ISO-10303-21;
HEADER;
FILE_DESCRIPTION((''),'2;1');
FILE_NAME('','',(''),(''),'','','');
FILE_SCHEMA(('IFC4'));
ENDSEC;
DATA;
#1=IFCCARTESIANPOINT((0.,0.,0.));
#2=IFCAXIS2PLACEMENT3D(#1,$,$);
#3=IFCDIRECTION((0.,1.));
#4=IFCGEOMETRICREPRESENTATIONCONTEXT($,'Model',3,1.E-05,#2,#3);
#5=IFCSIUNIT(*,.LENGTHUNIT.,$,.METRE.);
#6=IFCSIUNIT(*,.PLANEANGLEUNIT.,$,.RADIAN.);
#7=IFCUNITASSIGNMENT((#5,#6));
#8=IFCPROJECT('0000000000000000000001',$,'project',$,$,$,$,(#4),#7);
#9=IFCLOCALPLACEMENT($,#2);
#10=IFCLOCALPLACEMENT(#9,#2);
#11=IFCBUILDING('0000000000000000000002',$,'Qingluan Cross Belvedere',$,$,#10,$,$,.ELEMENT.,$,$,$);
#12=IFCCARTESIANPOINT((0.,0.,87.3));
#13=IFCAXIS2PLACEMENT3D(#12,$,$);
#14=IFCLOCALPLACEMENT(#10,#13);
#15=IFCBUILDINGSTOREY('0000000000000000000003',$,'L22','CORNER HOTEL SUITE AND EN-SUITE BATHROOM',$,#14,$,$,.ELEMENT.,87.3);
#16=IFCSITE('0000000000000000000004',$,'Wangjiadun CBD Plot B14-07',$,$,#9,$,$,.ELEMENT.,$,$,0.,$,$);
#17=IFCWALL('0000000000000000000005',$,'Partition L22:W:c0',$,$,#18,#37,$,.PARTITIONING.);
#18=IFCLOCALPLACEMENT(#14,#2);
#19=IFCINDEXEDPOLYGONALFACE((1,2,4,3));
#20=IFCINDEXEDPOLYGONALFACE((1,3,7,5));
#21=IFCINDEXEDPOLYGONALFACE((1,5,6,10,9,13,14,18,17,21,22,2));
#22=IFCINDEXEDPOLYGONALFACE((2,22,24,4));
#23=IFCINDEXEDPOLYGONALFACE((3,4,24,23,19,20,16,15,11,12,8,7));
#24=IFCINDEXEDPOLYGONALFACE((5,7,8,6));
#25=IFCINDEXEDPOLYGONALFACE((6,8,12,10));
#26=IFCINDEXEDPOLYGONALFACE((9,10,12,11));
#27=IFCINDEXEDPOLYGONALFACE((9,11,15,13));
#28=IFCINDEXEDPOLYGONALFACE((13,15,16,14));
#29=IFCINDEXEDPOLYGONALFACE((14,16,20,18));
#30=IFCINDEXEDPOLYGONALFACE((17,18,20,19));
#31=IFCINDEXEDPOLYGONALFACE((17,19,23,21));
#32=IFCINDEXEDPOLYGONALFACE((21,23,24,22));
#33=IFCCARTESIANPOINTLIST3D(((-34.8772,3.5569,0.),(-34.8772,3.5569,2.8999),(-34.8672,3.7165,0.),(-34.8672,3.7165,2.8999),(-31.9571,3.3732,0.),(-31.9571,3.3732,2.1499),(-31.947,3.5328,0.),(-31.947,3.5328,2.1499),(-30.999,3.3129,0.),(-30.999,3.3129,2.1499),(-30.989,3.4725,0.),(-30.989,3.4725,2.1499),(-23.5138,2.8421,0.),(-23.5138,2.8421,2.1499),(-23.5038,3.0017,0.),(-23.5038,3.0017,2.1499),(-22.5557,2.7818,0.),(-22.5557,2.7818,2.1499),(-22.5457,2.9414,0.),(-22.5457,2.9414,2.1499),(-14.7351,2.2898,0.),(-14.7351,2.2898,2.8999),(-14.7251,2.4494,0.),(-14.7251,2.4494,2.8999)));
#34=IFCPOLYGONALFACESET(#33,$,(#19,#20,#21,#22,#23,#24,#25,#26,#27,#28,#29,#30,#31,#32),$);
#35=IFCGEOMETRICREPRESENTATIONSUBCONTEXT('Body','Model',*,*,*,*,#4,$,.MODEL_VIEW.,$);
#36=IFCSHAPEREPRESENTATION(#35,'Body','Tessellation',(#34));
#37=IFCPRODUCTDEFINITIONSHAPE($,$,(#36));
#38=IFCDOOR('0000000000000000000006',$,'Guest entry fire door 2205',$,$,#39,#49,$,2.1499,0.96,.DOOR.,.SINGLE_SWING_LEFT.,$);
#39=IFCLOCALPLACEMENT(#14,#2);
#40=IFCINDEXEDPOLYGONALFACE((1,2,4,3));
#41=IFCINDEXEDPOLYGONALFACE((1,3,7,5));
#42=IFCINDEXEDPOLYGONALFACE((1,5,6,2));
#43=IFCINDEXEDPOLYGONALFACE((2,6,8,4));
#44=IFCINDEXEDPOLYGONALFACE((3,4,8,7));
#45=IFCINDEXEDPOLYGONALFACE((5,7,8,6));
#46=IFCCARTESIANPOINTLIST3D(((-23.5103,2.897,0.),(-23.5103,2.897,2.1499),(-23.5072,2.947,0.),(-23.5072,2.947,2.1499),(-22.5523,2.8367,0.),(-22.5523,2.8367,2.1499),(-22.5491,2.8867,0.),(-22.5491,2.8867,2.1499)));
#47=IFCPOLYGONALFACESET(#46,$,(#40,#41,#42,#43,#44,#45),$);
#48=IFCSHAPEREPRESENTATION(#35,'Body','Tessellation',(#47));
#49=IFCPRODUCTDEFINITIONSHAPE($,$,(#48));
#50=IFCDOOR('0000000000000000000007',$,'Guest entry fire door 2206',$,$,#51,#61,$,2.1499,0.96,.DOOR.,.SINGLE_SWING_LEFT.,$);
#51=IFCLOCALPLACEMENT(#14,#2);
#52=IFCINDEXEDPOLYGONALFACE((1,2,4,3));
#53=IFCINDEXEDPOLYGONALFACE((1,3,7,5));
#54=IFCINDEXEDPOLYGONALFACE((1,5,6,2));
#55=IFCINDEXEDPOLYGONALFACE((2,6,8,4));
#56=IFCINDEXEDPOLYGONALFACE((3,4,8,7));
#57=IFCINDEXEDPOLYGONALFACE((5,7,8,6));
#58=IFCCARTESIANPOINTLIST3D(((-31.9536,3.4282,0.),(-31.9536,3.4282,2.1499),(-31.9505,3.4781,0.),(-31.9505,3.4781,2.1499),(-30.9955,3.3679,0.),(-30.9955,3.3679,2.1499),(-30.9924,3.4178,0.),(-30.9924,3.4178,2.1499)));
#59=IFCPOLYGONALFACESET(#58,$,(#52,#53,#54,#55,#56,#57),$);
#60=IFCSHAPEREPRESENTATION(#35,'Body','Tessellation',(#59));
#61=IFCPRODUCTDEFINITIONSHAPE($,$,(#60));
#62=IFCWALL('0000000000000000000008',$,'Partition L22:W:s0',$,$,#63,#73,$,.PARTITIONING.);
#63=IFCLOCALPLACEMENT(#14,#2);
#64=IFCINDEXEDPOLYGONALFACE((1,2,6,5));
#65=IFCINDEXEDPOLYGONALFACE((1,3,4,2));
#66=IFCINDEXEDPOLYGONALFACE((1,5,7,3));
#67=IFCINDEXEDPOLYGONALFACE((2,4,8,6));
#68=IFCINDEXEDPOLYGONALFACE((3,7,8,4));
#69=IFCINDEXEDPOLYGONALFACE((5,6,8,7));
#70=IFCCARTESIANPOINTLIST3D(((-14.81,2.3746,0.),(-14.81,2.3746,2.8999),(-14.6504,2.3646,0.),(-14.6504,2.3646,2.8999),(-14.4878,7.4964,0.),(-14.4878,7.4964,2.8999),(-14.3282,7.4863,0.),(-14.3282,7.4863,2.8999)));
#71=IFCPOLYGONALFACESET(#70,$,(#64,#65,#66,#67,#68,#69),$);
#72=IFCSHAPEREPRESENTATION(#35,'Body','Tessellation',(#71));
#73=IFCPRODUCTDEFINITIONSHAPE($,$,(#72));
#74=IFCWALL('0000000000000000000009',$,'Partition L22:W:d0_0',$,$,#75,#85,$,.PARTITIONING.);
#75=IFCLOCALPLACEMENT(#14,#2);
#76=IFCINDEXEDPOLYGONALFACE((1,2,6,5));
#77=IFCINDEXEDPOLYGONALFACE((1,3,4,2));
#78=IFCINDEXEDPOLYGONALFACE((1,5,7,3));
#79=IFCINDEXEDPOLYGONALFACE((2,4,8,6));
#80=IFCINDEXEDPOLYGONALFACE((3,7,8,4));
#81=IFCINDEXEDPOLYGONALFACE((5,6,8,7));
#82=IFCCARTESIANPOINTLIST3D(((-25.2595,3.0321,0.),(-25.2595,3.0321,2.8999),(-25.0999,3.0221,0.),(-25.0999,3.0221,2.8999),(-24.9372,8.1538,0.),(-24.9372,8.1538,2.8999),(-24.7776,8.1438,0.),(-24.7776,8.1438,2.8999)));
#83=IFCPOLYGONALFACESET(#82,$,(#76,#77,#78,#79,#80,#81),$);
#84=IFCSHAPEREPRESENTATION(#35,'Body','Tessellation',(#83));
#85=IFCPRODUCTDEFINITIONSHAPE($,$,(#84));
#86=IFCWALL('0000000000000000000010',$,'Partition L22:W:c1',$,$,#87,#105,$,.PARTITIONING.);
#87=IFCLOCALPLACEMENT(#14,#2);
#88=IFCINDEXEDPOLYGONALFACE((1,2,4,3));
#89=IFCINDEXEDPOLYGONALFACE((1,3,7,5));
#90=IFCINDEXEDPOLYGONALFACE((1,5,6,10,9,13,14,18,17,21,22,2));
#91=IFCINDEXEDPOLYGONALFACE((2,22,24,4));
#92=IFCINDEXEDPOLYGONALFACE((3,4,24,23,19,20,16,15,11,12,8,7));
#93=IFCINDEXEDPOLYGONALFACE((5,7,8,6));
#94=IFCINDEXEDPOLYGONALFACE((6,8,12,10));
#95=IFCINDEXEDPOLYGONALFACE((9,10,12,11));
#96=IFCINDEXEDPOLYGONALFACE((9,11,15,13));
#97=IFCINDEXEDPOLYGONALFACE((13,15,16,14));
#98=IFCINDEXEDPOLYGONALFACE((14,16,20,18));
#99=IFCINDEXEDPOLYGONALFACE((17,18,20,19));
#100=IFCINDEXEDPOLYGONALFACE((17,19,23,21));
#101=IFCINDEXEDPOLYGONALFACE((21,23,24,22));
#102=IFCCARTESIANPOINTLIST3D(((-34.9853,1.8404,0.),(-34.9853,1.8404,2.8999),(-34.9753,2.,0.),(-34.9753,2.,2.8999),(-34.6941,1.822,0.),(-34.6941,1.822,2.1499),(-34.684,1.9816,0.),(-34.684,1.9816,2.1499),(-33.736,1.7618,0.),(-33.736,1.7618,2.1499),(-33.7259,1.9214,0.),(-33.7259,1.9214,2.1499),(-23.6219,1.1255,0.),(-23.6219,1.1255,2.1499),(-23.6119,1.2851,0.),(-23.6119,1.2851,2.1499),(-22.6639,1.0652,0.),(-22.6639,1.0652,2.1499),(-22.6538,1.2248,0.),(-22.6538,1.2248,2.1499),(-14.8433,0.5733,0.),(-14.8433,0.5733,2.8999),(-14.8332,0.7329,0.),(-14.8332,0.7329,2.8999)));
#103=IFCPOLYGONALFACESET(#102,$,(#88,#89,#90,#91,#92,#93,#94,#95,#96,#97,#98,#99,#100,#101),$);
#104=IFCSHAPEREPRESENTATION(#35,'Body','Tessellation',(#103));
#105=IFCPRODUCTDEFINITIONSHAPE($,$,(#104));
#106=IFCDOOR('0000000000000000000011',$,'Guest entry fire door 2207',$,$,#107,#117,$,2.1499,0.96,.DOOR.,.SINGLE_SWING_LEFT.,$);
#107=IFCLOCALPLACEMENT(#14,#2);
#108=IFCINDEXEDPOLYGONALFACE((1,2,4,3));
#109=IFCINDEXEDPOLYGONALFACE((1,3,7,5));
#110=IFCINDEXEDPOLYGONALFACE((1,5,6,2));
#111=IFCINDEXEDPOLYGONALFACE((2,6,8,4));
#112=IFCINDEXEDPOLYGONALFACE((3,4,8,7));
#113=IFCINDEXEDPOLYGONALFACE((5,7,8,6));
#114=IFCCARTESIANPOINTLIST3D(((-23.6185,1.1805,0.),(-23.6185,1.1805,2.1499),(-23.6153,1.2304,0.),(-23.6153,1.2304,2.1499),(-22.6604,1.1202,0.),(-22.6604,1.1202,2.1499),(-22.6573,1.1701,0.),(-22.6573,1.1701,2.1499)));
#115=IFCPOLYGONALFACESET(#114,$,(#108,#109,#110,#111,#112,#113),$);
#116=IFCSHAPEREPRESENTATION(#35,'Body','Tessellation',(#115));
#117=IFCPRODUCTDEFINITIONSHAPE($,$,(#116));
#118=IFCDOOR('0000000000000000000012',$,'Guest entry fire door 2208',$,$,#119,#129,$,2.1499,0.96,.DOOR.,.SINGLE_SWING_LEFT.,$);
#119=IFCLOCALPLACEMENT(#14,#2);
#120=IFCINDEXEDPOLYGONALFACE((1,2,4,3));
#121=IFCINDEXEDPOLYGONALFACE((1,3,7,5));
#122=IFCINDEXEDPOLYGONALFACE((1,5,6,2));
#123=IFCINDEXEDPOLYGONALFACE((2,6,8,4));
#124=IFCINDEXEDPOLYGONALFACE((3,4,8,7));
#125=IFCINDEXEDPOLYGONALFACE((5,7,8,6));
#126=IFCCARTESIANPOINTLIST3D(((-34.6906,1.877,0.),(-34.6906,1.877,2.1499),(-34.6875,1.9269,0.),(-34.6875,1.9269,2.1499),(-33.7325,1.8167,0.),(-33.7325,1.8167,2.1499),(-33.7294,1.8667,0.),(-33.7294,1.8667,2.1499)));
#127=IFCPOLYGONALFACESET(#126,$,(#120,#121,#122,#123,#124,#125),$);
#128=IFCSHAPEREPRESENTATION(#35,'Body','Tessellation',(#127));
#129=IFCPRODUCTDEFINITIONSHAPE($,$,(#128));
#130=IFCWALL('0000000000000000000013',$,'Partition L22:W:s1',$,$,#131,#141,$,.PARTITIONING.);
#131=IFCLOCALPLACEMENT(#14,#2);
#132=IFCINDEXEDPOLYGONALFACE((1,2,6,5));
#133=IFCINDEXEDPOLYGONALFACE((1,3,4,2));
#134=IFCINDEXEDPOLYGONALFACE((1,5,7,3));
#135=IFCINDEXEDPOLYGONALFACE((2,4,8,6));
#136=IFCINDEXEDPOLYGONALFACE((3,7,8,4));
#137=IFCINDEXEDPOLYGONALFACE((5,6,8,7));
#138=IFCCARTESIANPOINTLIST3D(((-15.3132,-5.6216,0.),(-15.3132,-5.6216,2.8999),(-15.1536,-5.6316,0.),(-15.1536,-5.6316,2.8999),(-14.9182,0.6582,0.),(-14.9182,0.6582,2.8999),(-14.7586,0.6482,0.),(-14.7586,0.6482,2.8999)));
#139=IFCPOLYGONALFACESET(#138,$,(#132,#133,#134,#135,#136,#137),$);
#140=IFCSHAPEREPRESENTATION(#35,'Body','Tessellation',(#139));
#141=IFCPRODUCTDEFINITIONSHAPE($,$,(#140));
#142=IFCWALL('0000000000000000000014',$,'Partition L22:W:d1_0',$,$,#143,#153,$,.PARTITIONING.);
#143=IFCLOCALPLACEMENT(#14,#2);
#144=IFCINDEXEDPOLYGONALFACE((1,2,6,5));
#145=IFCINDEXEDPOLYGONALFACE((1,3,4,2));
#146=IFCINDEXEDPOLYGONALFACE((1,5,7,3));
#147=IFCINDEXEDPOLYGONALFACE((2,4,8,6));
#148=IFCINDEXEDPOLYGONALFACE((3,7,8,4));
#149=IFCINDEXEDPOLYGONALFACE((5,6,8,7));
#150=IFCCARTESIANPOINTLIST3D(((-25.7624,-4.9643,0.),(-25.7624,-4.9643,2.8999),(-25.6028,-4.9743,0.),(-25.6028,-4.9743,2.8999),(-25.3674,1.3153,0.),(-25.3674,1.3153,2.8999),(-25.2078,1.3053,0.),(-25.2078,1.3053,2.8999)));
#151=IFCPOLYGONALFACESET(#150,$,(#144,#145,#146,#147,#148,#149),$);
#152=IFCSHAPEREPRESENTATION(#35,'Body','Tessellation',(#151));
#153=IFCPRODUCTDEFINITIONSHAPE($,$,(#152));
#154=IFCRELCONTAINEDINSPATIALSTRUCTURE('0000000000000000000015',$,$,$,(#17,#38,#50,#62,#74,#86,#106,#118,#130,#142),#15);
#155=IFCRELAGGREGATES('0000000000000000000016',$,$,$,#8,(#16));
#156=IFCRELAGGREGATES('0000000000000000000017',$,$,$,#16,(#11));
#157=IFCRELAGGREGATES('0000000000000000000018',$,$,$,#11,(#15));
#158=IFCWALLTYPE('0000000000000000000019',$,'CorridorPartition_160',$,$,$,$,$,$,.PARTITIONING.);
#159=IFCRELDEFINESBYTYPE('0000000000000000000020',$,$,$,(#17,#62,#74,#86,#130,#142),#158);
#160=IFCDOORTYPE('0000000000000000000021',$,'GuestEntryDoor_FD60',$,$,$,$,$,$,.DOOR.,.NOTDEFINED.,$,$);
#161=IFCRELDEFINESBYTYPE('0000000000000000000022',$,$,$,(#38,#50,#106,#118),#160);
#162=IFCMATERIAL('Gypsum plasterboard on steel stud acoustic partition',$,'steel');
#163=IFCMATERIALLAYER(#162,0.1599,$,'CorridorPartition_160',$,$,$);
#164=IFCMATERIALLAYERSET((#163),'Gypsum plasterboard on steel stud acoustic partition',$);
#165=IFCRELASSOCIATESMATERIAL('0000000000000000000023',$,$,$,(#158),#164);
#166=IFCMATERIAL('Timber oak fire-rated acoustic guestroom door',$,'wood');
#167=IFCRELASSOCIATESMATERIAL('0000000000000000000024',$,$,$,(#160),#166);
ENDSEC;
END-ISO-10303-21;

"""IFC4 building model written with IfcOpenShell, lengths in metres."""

from ifc_helpers import new_model, si_unit, direction, frame, frame_2d, origin, place, context, subcontext, project, spatial, rectangle, extrude, material, layer, layer_set, type_object, element, fill, save


model = new_model("IFC4")

# Units and contexts
model_context = context("Model", 3, precision=1e-05, world=origin(), true_north=direction((0.0, 1.0)))
body_context = subcontext(model_context, "Body", "Model", "MODEL_VIEW")
ifc_project = project(units=[si_unit("LENGTHUNIT", "METRE"), si_unit("PLANEANGLEUNIT", "RADIAN")], contexts=[model_context])

# Site, building, storey
site_placement = place(None, origin())
site = spatial("IfcSite", under=ifc_project, at=site_placement, Name="Wangjiadun CBD Plot B14-07", CompositionType="ELEMENT", RefElevation=0.0)
building_placement = place(site_placement, origin())
building = spatial("IfcBuilding", under=site, at=building_placement, Name="Qingluan Cross Belvedere", CompositionType="ELEMENT")
storey_placement = place(building_placement, frame((0.0, 0.0, 87.3)))
storey = spatial("IfcBuildingStorey", under=building, at=storey_placement, Name="L22", Description="CORNER HOTEL SUITE AND EN-SUITE BATHROOM", CompositionType="ELEMENT", Elevation=87.3)

# Wall, openings, doors
ifc_material_1 = material(Name="Gypsum plasterboard on steel stud acoustic partition", Category="steel")
ifc_layer_1 = layer(ifc_material_1, 0.1599, Name="CorridorPartition_160")
ifc_layer_set_1 = layer_set([ifc_layer_1], Name="Gypsum plasterboard on steel stud acoustic partition")
wall_type_1 = type_object("IfcWallType", Name="CorridorPartition_160", PredefinedType="PARTITIONING", material=ifc_layer_set_1)
wall_1_placement = place(storey_placement, frame((-14.7302, 2.3696, 0.0), z_axis=(0.0, 0.0, 1.0), x_axis=(-0.998027, 0.062783, 0.0)))
wall_1 = element("IfcWall", 1, at=wall_1_placement, inside=storey, type_object=wall_type_1, Name="Partition L22:W:c0", PredefinedType="PARTITIONING", context=body_context, shape_type="SweptSolid", body=[
    extrude(rectangle(XDim=20.1819, YDim=0.1599, at=frame_2d((10.0908, 0.0))), origin(), (0.0, 0.0, 1.0), 2.8999),
])
opening_1_placement = place(wall_1_placement, frame((7.8359, 0.0, 0.0)))
opening_1 = element("IfcOpeningElement", 2, at=opening_1_placement, cuts=wall_1, PredefinedType="OPENING", context=body_context, shape_type="SweptSolid", body=[
    extrude(rectangle(XDim=0.96, YDim=2.1499, at=frame_2d((0.48, 1.075))), frame((0.0, 0.0898, 0.0), z_axis=(0.0, -1.0, 0.0), x_axis=(1.0, 0.0, 0.0)), (0.0, 0.0, 1.0), 0.1799),
])
opening_2_placement = place(wall_1_placement, frame((16.2959, 0.0, 0.0)))
opening_2 = element("IfcOpeningElement", 3, at=opening_2_placement, cuts=wall_1, PredefinedType="OPENING", context=body_context, shape_type="SweptSolid", body=[
    extrude(rectangle(XDim=0.96, YDim=2.1499, at=frame_2d((0.48, 1.075))), frame((0.0, 0.0898, 0.0), z_axis=(0.0, -1.0, 0.0), x_axis=(1.0, 0.0, 0.0)), (0.0, 0.0, 1.0), 0.1799),
])
ifc_material_2 = material(Name="Timber oak fire-rated acoustic guestroom door", Category="wood")
door_type_1 = type_object("IfcDoorType", Name="GuestEntryDoor_FD60", OperationType="NOTDEFINED", PredefinedType="DOOR", material=ifc_material_2)
door_1_placement = place(opening_1_placement, origin())
door_1 = element("IfcDoor", 4, at=door_1_placement, inside=storey, type_object=door_type_1, Name="Guest entry fire door 2205", OperationType="SINGLE_SWING_LEFT", OverallHeight=2.1499, OverallWidth=0.96, PredefinedType="DOOR", context=body_context, shape_type="SweptSolid", body=[
    extrude(rectangle(XDim=0.96, YDim=2.1499, at=frame_2d((0.48, 1.075))), frame((0.0, 0.0249, 0.0), z_axis=(0.0, -1.0, 0.0), x_axis=(1.0, 0.0, 0.0)), (0.0, 0.0, 1.0), 0.05),
])
fill(opening_1, door_1)
door_2_placement = place(opening_2_placement, origin())
door_2 = element("IfcDoor", 5, at=door_2_placement, inside=storey, type_object=door_type_1, Name="Guest entry fire door 2206", OperationType="SINGLE_SWING_LEFT", OverallHeight=2.1499, OverallWidth=0.96, PredefinedType="DOOR", context=body_context, shape_type="SweptSolid", body=[
    extrude(rectangle(XDim=0.96, YDim=2.1499, at=frame_2d((0.48, 1.075))), frame((0.0, 0.0249, 0.0), z_axis=(0.0, -1.0, 0.0), x_axis=(1.0, 0.0, 0.0)), (0.0, 0.0, 1.0), 0.05),
])
fill(opening_2, door_2)

# Walls
for number, where, z_axis, x_axis, name in (
    (6, (-14.7302, 2.3696, 0.0), (0.0, 0.0, 1.0), (0.062796, 0.998026, 0.0), "Partition L22:W:s0"),
    (7, (-25.1797, 3.0271, 0.0), (0.0, 0.0, 1.0), (0.062796, 0.998026, 0.0), "Partition L22:W:d0_0"),
):
    element("IfcWall", number, at=place(storey_placement, frame(where, z_axis=z_axis, x_axis=x_axis)), inside=storey, type_object=wall_type_1, Name=name, PredefinedType="PARTITIONING", context=body_context, shape_type="SweptSolid", body=[
        extrude(rectangle(XDim=5.1318, YDim=0.1599, at=frame_2d((2.5659, 0.0))), origin(), (0.0, 0.0, 1.0), 2.8999),
    ])

# Wall, openings, doors
wall_2_placement = place(storey_placement, frame((-14.8384, 0.6531, 0.0), z_axis=(0.0, 0.0, 1.0), x_axis=(-0.998027, 0.062783, 0.0)))
wall_2 = element("IfcWall", 8, at=wall_2_placement, inside=storey, type_object=wall_type_1, Name="Partition L22:W:c1", PredefinedType="PARTITIONING", context=body_context, shape_type="SweptSolid", body=[
    extrude(rectangle(XDim=20.1819, YDim=0.1599, at=frame_2d((10.0908, 0.0))), origin(), (0.0, 0.0, 1.0), 2.8999),
])
opening_3_placement = place(wall_2_placement, frame((7.8359, 0.0, 0.0)))
opening_3 = element("IfcOpeningElement", 9, at=opening_3_placement, cuts=wall_2, PredefinedType="OPENING", context=body_context, shape_type="SweptSolid", body=[
    extrude(rectangle(XDim=0.96, YDim=2.1499, at=frame_2d((0.48, 1.075))), frame((0.0, 0.0898, 0.0), z_axis=(0.0, -1.0, 0.0), x_axis=(1.0, 0.0, 0.0)), (0.0, 0.0, 1.0), 0.1799),
])
opening_4_placement = place(wall_2_placement, frame((18.9299, 0.0, 0.0)))
opening_4 = element("IfcOpeningElement", 10, at=opening_4_placement, cuts=wall_2, PredefinedType="OPENING", context=body_context, shape_type="SweptSolid", body=[
    extrude(rectangle(XDim=0.96, YDim=2.1499, at=frame_2d((0.48, 1.075))), frame((0.0, 0.0898, 0.0), z_axis=(0.0, -1.0, 0.0), x_axis=(1.0, 0.0, 0.0)), (0.0, 0.0, 1.0), 0.1799),
])
door_3_placement = place(opening_3_placement, origin())
door_3 = element("IfcDoor", 11, at=door_3_placement, inside=storey, type_object=door_type_1, Name="Guest entry fire door 2207", OperationType="SINGLE_SWING_LEFT", OverallHeight=2.1499, OverallWidth=0.96, PredefinedType="DOOR", context=body_context, shape_type="SweptSolid", body=[
    extrude(rectangle(XDim=0.96, YDim=2.1499, at=frame_2d((0.48, 1.075))), frame((0.0, 0.0249, 0.0), z_axis=(0.0, -1.0, 0.0), x_axis=(1.0, 0.0, 0.0)), (0.0, 0.0, 1.0), 0.05),
])
fill(opening_3, door_3)
door_4_placement = place(opening_4_placement, origin())
door_4 = element("IfcDoor", 12, at=door_4_placement, inside=storey, type_object=door_type_1, Name="Guest entry fire door 2208", OperationType="SINGLE_SWING_LEFT", OverallHeight=2.1499, OverallWidth=0.96, PredefinedType="DOOR", context=body_context, shape_type="SweptSolid", body=[
    extrude(rectangle(XDim=0.96, YDim=2.1499, at=frame_2d((0.48, 1.075))), frame((0.0, 0.0249, 0.0), z_axis=(0.0, -1.0, 0.0), x_axis=(1.0, 0.0, 0.0)), (0.0, 0.0, 1.0), 0.05),
])
fill(opening_4, door_4)

# Walls
wall_3_placement = place(storey_placement, frame((-14.8384, 0.6531, 0.0), z_axis=(0.0, 0.0, 1.0), x_axis=(-0.062779, -0.998027, 0.0)))
element("IfcWall", 13, at=wall_3_placement, inside=storey, type_object=wall_type_1, Name="Partition L22:W:s1", PredefinedType="PARTITIONING", context=body_context, shape_type="SweptSolid", body=[
    extrude(rectangle(XDim=6.2922, YDim=0.1599, at=frame_2d((3.146, 0.0))), origin(), (0.0, 0.0, 1.0), 2.8999),
])
wall_4_placement = place(storey_placement, frame((-25.2876, 1.3103, 0.0), z_axis=(0.0, 0.0, 1.0), x_axis=(-0.062782, -0.998027, 0.0)))
element("IfcWall", 14, at=wall_4_placement, inside=storey, type_object=wall_type_1, Name="Partition L22:W:d1_0", PredefinedType="PARTITIONING", context=body_context, shape_type="SweptSolid", body=[
    extrude(rectangle(XDim=6.292, YDim=0.1599, at=frame_2d((3.146, 0.0))), origin(), (0.0, 0.0, 1.0), 2.8999),
])

save(model, "model.ifc")
